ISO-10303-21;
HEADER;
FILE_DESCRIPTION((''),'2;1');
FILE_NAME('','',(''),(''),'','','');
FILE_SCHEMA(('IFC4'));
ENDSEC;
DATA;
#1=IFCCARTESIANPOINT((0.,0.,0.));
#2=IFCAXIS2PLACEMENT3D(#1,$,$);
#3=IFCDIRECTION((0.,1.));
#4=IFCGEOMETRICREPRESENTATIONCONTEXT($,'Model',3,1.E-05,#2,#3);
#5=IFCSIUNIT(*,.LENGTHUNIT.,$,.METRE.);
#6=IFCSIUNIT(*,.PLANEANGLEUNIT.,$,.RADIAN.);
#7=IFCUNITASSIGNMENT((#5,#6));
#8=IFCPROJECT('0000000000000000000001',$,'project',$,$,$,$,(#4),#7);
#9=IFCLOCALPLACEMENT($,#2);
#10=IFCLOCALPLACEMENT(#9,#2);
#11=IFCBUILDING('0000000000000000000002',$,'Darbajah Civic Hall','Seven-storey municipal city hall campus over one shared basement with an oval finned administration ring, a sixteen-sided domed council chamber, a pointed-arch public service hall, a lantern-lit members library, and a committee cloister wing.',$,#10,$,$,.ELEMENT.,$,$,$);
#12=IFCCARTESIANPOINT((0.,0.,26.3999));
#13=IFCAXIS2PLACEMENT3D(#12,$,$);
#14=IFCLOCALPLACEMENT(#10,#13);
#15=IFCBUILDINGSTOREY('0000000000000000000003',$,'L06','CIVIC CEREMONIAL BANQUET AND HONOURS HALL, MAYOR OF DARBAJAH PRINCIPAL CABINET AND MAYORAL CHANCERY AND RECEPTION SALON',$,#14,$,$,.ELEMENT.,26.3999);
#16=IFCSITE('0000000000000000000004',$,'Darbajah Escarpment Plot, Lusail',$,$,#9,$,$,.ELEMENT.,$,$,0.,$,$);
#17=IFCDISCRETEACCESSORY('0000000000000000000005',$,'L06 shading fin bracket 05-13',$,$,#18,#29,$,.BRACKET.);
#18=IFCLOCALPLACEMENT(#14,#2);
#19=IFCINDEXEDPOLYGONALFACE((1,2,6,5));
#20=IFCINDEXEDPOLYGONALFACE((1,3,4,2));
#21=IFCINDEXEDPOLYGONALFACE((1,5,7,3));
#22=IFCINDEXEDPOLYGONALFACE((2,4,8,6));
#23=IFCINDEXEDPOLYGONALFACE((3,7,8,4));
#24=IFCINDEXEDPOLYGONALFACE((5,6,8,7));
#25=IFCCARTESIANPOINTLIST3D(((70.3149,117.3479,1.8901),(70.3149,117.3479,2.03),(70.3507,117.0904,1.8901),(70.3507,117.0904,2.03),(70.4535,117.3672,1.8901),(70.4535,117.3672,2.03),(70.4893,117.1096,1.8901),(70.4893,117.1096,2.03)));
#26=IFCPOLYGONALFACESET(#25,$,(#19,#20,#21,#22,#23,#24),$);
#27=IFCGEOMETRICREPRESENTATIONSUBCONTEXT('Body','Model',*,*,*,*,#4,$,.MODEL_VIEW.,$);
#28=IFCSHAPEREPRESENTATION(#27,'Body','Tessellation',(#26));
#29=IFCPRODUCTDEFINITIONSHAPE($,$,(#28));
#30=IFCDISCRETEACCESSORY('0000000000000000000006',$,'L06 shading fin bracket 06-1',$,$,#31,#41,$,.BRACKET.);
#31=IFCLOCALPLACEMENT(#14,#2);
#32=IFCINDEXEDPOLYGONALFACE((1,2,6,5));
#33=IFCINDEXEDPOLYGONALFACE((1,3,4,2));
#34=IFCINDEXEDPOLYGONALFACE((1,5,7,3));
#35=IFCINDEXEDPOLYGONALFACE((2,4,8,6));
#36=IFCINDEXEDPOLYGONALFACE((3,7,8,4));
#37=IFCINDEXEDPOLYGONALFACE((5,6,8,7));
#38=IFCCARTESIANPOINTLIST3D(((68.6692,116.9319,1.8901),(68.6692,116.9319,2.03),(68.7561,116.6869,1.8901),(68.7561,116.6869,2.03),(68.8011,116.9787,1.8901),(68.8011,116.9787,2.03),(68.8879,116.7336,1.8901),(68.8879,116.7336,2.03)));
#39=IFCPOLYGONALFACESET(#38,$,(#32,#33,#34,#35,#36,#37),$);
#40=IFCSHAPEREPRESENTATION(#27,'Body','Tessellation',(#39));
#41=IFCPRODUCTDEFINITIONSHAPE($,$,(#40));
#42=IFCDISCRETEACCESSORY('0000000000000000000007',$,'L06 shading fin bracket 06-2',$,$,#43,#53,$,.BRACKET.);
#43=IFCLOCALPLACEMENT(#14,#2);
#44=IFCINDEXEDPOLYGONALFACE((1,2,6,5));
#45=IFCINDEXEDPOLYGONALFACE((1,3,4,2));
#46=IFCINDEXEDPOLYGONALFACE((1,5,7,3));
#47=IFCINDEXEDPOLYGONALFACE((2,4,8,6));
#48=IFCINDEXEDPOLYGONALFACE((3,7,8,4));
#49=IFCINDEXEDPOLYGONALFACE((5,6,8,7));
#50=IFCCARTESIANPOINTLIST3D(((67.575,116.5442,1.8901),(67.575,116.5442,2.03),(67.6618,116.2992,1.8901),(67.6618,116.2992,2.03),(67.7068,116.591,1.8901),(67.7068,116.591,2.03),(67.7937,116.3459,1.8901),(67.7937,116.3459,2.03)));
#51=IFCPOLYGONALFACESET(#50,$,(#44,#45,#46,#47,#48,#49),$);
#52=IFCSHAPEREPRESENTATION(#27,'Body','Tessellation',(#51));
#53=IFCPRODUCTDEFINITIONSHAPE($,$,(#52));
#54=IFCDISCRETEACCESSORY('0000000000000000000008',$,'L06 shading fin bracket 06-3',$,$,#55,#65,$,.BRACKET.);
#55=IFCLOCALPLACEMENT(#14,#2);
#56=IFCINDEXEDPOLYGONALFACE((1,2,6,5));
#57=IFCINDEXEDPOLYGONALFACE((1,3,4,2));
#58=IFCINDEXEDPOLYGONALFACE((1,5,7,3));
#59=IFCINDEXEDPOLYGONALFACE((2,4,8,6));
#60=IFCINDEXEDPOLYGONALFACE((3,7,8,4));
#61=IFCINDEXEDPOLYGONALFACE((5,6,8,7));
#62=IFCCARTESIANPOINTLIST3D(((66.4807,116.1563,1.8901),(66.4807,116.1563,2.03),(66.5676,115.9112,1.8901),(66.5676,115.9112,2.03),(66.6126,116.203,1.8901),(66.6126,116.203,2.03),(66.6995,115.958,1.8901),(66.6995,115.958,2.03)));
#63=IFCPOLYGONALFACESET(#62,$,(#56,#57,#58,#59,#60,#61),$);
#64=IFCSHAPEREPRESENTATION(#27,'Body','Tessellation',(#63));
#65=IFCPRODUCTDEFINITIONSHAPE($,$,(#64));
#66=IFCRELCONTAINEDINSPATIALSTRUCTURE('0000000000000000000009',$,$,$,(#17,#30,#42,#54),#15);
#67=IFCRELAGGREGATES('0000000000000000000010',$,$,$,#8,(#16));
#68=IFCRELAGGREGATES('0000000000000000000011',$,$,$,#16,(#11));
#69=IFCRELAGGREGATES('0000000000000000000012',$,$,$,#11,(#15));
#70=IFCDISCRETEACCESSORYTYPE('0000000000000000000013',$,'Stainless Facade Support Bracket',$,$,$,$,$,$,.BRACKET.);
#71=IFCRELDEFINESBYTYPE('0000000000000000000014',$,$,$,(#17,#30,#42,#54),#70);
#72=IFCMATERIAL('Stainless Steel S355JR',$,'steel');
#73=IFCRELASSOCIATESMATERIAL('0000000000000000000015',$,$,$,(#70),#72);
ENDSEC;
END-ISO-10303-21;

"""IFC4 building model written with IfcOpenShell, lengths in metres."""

from ifc_helpers import new_model, si_unit, direction, frame, origin, origin_2d, place, context, subcontext, project, spatial, rectangle, extrude, material, type_object, element, save


model = new_model("IFC4")

# Units and contexts
model_context = context("Model", 3, precision=1e-05, world=origin(), true_north=direction((0.0, 1.0)))
body_context = subcontext(model_context, "Body", "Model", "MODEL_VIEW")
ifc_project = project(units=[si_unit("LENGTHUNIT", "METRE"), si_unit("PLANEANGLEUNIT", "RADIAN")], contexts=[model_context])

# Site, building, storey
site_placement = place(None, origin())
site = spatial("IfcSite", under=ifc_project, at=site_placement, Name="Darbajah Escarpment Plot, Lusail", CompositionType="ELEMENT", RefElevation=0.0)
building_placement = place(site_placement, origin())
building = spatial("IfcBuilding", under=site, at=building_placement, Name="Darbajah Civic Hall", Description="Seven-storey municipal city hall campus over one shared basement with an oval finned administration ring, a sixteen-sided domed council chamber, a pointed-arch public service hall, a lantern-lit members library, and a committee cloister wing.", CompositionType="ELEMENT")
storey_placement = place(building_placement, frame((0.0, 0.0, 26.3999)))
storey = spatial("IfcBuildingStorey", under=building, at=storey_placement, Name="L06", Description="CIVIC CEREMONIAL BANQUET AND HONOURS HALL, MAYOR OF DARBAJAH PRINCIPAL CABINET AND MAYORAL CHANCERY AND RECEPTION SALON", CompositionType="ELEMENT", Elevation=26.3999)

# Discrete accessories
ifc_material_1 = material(Name="Stainless Steel S355JR", Category="steel")
discrete_accessory_type = type_object("IfcDiscreteAccessoryType", Name="Stainless Facade Support Bracket", PredefinedType="BRACKET", material=ifc_material_1)
for number, where, z_axis, x_axis, name in (
    (1, (70.4021, 117.2288, 1.8901), (0.0, 0.0, 1.0), (-0.137617, 0.990485, 0.0), "L06 shading fin bracket 05-13"),
    (2, (68.7786, 116.8328, 1.8901), (0.0, 0.0, 1.0), (-0.334136, 0.942525, 0.0), "L06 shading fin bracket 06-1"),
    (3, (67.6843, 116.4451, 1.8901), (0.0, 0.0, 1.0), (-0.334136, 0.942525, 0.0), "L06 shading fin bracket 06-2"),
    (4, (66.5901, 116.0571, 1.8901), (0.0, 0.0, 1.0), (-0.334136, 0.942525, 0.0), "L06 shading fin bracket 06-3"),
):
    element("IfcDiscreteAccessory", number, at=place(storey_placement, frame(where, z_axis=z_axis, x_axis=x_axis)), inside=storey, type_object=discrete_accessory_type, Name=name, PredefinedType="BRACKET", context=body_context, shape_type="SweptSolid", body=[
        extrude(rectangle(XDim=0.26, YDim=0.1399, at=origin_2d()), origin(), (0.0, 0.0, 1.0), 0.1399),
    ])

save(model, "model.ifc")
